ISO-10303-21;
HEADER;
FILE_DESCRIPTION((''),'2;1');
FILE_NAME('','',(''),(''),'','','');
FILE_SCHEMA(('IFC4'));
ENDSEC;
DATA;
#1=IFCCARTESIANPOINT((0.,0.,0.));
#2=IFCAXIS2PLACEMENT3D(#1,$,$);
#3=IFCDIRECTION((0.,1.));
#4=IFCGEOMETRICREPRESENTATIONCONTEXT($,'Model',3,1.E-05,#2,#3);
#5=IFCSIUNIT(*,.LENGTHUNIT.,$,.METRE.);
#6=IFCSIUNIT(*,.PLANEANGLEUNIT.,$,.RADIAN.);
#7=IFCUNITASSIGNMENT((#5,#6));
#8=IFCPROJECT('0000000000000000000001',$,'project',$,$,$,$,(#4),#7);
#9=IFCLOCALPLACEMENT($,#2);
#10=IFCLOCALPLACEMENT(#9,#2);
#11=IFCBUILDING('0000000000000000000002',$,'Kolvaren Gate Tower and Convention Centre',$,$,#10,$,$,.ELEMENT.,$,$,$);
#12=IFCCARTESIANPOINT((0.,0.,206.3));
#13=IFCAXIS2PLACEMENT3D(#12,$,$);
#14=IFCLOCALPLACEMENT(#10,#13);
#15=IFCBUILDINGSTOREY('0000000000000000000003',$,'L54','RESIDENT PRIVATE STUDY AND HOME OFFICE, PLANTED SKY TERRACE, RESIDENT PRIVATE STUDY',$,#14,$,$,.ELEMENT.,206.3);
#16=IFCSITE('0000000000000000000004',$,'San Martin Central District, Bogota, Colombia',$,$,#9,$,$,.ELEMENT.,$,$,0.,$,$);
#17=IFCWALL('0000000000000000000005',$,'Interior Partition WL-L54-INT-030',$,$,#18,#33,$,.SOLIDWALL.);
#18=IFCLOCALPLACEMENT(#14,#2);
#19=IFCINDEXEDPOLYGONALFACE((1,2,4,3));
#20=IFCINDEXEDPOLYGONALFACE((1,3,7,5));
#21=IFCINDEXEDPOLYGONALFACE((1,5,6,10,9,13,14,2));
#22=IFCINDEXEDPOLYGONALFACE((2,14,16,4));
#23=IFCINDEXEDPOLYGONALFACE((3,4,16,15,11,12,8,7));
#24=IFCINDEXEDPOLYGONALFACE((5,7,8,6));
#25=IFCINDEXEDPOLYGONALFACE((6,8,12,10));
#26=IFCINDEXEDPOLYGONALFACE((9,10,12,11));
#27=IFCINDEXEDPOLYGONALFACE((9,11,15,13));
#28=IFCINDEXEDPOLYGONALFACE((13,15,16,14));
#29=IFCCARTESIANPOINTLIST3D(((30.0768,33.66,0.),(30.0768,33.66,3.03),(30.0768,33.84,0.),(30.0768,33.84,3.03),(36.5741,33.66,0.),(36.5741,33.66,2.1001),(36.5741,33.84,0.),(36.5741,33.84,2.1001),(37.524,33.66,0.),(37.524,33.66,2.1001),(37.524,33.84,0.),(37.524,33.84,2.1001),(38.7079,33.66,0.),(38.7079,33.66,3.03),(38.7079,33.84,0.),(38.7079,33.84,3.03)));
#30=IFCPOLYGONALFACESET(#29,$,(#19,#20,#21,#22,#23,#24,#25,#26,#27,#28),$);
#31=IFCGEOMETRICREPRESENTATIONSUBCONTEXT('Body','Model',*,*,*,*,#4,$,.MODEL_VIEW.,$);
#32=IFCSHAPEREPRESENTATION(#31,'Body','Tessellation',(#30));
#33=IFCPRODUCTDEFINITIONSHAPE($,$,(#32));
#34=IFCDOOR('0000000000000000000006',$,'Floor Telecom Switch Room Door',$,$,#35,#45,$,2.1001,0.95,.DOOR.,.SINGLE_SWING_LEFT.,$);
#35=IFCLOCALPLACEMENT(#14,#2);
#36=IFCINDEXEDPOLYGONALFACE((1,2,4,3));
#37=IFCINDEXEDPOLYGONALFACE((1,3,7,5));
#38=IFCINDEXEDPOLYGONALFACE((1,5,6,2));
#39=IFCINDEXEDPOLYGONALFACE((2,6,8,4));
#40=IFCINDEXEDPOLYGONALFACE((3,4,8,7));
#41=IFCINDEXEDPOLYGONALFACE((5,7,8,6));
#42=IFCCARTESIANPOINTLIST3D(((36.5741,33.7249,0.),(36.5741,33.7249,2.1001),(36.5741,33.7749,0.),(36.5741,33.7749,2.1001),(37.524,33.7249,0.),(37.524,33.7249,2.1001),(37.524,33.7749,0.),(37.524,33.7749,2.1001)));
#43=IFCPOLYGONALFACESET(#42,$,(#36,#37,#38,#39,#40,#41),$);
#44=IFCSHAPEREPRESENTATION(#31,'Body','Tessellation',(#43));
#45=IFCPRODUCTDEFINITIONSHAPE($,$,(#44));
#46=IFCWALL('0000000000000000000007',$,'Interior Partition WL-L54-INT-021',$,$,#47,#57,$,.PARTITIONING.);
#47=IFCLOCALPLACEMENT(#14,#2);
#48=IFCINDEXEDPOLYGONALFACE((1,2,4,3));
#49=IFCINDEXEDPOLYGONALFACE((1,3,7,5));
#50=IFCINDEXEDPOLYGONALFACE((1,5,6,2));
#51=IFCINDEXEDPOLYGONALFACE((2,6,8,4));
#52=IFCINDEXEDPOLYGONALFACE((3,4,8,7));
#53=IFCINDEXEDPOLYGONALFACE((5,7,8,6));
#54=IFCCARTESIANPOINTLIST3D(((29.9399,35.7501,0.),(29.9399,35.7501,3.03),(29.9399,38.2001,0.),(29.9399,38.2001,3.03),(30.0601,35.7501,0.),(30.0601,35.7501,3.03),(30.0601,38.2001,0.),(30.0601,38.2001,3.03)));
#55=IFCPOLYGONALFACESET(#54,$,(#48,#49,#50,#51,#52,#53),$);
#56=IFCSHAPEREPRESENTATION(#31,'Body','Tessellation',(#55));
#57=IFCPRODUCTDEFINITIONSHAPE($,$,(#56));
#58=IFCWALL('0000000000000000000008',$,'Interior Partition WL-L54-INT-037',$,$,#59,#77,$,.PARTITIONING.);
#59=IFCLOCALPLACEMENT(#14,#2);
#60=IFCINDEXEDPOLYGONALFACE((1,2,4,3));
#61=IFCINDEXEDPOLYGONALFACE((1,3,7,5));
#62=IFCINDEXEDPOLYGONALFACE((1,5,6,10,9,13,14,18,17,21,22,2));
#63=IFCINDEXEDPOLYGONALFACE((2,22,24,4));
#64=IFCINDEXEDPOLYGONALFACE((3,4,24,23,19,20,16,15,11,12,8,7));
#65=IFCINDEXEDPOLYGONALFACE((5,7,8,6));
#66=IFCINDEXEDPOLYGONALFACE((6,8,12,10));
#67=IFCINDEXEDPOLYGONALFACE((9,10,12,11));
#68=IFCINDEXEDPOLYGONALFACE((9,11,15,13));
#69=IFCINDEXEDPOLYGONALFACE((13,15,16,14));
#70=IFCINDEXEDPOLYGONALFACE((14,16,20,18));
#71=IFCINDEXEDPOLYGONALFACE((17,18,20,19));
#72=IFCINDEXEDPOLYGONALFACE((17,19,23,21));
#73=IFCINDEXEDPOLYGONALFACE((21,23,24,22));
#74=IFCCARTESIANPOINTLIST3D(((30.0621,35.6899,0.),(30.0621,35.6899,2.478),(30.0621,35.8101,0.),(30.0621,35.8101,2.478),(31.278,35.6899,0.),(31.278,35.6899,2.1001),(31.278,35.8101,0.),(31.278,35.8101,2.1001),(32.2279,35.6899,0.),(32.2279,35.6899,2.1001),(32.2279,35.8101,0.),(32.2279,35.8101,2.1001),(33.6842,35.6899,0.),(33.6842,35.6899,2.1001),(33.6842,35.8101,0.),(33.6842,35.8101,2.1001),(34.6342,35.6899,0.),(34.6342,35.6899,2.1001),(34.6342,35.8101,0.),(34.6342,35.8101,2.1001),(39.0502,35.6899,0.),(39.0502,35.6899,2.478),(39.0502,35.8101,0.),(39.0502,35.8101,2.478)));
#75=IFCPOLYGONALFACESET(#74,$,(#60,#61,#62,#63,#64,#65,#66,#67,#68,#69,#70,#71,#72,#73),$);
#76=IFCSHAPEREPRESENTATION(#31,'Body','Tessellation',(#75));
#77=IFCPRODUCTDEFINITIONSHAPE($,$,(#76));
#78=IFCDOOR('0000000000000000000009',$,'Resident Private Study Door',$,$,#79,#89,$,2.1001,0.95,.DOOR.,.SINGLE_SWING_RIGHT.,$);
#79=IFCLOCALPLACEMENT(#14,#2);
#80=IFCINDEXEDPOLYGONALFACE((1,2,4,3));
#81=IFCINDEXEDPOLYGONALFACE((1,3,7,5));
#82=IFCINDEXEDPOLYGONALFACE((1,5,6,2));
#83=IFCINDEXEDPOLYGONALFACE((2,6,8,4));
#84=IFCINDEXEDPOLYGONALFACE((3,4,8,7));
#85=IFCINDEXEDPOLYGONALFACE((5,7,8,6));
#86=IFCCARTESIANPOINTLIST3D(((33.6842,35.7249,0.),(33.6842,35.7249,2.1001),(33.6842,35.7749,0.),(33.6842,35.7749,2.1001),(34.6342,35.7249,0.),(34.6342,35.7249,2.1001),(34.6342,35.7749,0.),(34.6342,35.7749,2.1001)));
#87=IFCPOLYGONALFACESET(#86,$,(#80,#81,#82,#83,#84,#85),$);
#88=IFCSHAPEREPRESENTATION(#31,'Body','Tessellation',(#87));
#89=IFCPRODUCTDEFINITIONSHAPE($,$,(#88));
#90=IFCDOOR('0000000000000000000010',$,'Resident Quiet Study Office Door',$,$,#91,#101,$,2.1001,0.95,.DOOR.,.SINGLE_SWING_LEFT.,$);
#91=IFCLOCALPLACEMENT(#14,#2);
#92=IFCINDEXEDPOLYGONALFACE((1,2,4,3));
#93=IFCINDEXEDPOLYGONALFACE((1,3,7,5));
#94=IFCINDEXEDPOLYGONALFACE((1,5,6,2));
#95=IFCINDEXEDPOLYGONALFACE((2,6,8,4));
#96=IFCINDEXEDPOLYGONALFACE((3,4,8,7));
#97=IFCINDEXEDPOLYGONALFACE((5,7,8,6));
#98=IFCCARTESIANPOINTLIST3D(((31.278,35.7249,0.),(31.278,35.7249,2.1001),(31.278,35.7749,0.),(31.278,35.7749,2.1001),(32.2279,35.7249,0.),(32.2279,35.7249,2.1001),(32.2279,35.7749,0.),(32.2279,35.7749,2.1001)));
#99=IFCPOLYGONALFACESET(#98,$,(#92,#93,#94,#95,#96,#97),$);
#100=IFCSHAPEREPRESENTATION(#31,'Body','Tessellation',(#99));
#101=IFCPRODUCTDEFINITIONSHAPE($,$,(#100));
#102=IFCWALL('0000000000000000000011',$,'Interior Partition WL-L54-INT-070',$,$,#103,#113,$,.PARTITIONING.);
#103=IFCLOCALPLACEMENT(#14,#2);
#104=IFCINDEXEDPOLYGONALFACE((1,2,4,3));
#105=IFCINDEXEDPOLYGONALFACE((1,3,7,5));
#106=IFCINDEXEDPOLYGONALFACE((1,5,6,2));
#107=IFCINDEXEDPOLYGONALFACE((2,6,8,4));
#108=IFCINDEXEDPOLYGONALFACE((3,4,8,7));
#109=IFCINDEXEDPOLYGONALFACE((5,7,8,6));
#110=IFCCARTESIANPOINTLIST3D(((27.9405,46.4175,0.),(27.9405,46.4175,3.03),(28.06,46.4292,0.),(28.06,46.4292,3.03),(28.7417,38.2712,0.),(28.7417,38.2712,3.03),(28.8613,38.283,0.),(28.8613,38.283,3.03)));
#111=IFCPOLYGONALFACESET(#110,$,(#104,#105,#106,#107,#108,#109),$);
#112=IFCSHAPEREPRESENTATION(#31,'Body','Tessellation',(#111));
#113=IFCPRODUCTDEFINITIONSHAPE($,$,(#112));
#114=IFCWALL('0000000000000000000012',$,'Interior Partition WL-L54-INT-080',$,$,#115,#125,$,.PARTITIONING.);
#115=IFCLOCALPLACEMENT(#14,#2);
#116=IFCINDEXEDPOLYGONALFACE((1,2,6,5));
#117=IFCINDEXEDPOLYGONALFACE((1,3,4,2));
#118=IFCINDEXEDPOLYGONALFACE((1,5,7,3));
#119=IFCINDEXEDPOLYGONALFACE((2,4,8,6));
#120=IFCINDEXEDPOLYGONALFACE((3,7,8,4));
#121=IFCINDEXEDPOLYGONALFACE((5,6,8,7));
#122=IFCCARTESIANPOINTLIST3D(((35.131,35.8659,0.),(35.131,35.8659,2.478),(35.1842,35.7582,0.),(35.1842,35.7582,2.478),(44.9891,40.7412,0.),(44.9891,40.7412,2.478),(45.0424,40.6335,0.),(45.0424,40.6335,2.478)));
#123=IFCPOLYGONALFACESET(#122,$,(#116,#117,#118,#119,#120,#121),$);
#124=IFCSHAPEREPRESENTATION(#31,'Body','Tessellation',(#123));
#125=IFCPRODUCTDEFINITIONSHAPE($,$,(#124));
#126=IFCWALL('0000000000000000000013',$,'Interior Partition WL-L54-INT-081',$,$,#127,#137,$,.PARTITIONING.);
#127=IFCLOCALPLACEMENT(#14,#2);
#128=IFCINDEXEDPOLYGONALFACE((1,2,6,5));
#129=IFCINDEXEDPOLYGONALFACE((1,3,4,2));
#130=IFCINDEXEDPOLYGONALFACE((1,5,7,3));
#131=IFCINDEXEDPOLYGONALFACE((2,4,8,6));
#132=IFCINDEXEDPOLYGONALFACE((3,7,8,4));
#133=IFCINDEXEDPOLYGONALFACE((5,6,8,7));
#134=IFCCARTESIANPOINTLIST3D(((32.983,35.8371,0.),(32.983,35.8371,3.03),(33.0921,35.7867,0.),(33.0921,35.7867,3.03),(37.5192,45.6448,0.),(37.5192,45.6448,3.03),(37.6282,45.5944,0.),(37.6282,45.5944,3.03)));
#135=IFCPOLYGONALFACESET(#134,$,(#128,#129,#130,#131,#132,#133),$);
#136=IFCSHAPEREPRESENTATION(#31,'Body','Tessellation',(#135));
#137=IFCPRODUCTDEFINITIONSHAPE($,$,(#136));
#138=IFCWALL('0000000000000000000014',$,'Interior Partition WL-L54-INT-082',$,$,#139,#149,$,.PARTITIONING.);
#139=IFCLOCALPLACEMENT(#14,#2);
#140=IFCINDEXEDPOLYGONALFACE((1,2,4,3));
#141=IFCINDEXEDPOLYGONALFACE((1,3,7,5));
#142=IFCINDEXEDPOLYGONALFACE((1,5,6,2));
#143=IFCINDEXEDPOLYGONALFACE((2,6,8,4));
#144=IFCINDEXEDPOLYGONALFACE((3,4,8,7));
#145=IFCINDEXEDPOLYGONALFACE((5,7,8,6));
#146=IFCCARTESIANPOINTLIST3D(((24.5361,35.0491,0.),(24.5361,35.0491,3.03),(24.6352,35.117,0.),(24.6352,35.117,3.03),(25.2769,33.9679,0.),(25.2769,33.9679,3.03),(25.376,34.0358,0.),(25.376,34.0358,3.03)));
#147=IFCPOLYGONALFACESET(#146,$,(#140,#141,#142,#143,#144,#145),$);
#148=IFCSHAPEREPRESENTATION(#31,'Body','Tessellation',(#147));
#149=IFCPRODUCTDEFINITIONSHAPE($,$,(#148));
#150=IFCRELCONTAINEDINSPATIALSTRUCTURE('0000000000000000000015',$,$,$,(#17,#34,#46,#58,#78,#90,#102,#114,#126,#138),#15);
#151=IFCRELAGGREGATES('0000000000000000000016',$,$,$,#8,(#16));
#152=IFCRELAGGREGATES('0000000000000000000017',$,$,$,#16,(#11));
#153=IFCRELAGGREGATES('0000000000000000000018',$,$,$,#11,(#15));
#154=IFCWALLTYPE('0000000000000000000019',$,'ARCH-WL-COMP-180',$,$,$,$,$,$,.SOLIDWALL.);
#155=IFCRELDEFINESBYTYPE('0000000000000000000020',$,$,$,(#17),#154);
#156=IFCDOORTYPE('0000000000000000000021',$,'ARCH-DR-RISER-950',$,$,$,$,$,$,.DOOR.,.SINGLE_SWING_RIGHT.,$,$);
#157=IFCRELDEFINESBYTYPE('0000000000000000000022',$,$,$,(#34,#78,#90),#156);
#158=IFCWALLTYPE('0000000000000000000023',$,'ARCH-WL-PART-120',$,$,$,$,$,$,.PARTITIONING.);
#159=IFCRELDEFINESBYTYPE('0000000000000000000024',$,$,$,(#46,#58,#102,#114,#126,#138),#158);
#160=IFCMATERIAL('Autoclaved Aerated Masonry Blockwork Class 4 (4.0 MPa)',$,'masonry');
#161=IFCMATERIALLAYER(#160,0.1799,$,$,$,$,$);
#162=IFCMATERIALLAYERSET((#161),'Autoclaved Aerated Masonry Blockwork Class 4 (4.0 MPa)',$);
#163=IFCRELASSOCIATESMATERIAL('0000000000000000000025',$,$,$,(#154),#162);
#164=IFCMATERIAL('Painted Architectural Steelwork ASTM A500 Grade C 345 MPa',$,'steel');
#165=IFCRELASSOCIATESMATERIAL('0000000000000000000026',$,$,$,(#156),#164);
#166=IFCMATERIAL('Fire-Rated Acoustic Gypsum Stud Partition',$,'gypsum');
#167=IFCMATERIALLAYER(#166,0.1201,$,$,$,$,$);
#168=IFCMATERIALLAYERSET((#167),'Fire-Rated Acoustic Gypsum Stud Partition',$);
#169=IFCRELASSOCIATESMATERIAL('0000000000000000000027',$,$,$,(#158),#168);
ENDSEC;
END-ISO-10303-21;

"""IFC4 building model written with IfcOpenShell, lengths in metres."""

from ifc_helpers import new_model, si_unit, direction, frame, frame_2d, origin, place, context, subcontext, project, spatial, rectangle, extrude, material, layer, layer_set, type_object, element, fill, save


model = new_model("IFC4")

# Units and contexts
model_context = context("Model", 3, precision=1e-05, world=origin(), true_north=direction((0.0, 1.0)))
body_context = subcontext(model_context, "Body", "Model", "MODEL_VIEW")
ifc_project = project(units=[si_unit("LENGTHUNIT", "METRE"), si_unit("PLANEANGLEUNIT", "RADIAN")], contexts=[model_context])

# Site, building, storey
site_placement = place(None, origin())
site = spatial("IfcSite", under=ifc_project, at=site_placement, Name="San Martin Central District, Bogota, Colombia", CompositionType="ELEMENT", RefElevation=0.0)
building_placement = place(site_placement, origin())
building = spatial("IfcBuilding", under=site, at=building_placement, Name="Kolvaren Gate Tower and Convention Centre", CompositionType="ELEMENT")
storey_placement = place(building_placement, frame((0.0, 0.0, 206.3)))
storey = spatial("IfcBuildingStorey", under=building, at=storey_placement, Name="L54", Description="RESIDENT PRIVATE STUDY AND HOME OFFICE, PLANTED SKY TERRACE, RESIDENT PRIVATE STUDY", CompositionType="ELEMENT", Elevation=206.3)

# Wall, opening, door
ifc_material_1 = material(Name="Autoclaved Aerated Masonry Blockwork Class 4 (4.0 MPa)", Category="masonry")
ifc_layer_1 = layer(ifc_material_1, 0.1799)
ifc_layer_set_1 = layer_set([ifc_layer_1], Name="Autoclaved Aerated Masonry Blockwork Class 4 (4.0 MPa)")
wall_type_1 = type_object("IfcWallType", Name="ARCH-WL-COMP-180", PredefinedType="SOLIDWALL", material=ifc_layer_set_1)
wall_1_placement = place(storey_placement, frame((30.0769, 33.75, 0.0), z_axis=(0.0, 0.0, 1.0), x_axis=(1.0, 0.0, 0.0)))
wall_1 = element("IfcWall", 1, at=wall_1_placement, inside=storey, type_object=wall_type_1, Name="Interior Partition WL-L54-INT-030", PredefinedType="SOLIDWALL", context=body_context, shape_type="SweptSolid", body=[
    extrude(rectangle(XDim=8.6311, YDim=0.1799, at=frame_2d((4.3154, 0.0))), origin(), (0.0, 0.0, 1.0), 3.03),
])
opening_1_placement = place(wall_1_placement, frame((6.4971, 0.0, 0.0)))
opening_1 = element("IfcOpeningElement", 2, at=opening_1_placement, cuts=wall_1, PredefinedType="OPENING", context=body_context, shape_type="SweptSolid", body=[
    extrude(rectangle(XDim=0.95, YDim=2.1001, at=frame_2d((0.4751, 1.05))), frame((0.0, 0.0999, 0.0), z_axis=(0.0, -1.0, 0.0), x_axis=(1.0, 0.0, 0.0)), (0.0, 0.0, 1.0), 0.2),
])
ifc_material_2 = material(Name="Painted Architectural Steelwork ASTM A500 Grade C 345 MPa", Category="steel")
door_type = type_object("IfcDoorType", Name="ARCH-DR-RISER-950", OperationType="SINGLE_SWING_RIGHT", PredefinedType="DOOR", material=ifc_material_2)
door_1_placement = place(opening_1_placement, origin())
door_1 = element("IfcDoor", 3, at=door_1_placement, inside=storey, type_object=door_type, Name="Floor Telecom Switch Room Door", OperationType="SINGLE_SWING_LEFT", OverallHeight=2.1001, OverallWidth=0.95, PredefinedType="DOOR", context=body_context, shape_type="SweptSolid", body=[
    extrude(rectangle(XDim=0.95, YDim=2.1001, at=frame_2d((0.4751, 1.05))), frame((0.0, 0.0249, 0.0), z_axis=(0.0, -1.0, 0.0), x_axis=(1.0, 0.0, 0.0)), (0.0, 0.0, 1.0), 0.05),
])
fill(opening_1, door_1)

# Wall
ifc_material_3 = material(Name="Fire-Rated Acoustic Gypsum Stud Partition", Category="gypsum")
ifc_layer_2 = layer(ifc_material_3, 0.1201)
ifc_layer_set_2 = layer_set([ifc_layer_2], Name="Fire-Rated Acoustic Gypsum Stud Partition")
wall_type_2 = type_object("IfcWallType", Name="ARCH-WL-PART-120", PredefinedType="PARTITIONING", material=ifc_layer_set_2)
wall_2_placement = place(storey_placement, frame((30.0, 35.75, 0.0), z_axis=(0.0, 0.0, 1.0), x_axis=(0.0, 1.0, 0.0)))
element("IfcWall", 4, at=wall_2_placement, inside=storey, type_object=wall_type_2, Name="Interior Partition WL-L54-INT-021", PredefinedType="PARTITIONING", context=body_context, shape_type="SweptSolid", body=[
    extrude(rectangle(XDim=2.45, YDim=0.1201, at=frame_2d((1.2251, 0.0))), origin(), (0.0, 0.0, 1.0), 3.03),
])

# Wall, openings, doors
wall_3_placement = place(storey_placement, frame((30.062, 35.75, 0.0), z_axis=(0.0, 0.0, 1.0), x_axis=(1.0, 0.0, 0.0)))
wall_3 = element("IfcWall", 5, at=wall_3_placement, inside=storey, type_object=wall_type_2, Name="Interior Partition WL-L54-INT-037", PredefinedType="PARTITIONING", context=body_context, shape_type="SweptSolid", body=[
    extrude(rectangle(XDim=8.988, YDim=0.1201, at=frame_2d((4.4941, 0.0))), origin(), (0.0, 0.0, 1.0), 2.478),
])
opening_2_placement = place(wall_3_placement, frame((3.6221, 0.0, 0.0)))
opening_2 = element("IfcOpeningElement", 6, at=opening_2_placement, cuts=wall_3, PredefinedType="OPENING", context=body_context, shape_type="SweptSolid", body=[
    extrude(rectangle(XDim=0.95, YDim=2.1001, at=frame_2d((0.4751, 1.05))), frame((0.0, 0.0701, 0.0), z_axis=(0.0, -1.0, 0.0), x_axis=(1.0, 0.0, 0.0)), (0.0, 0.0, 1.0), 0.1401),
])
opening_3_placement = place(wall_3_placement, frame((1.2158, 0.0, 0.0)))
opening_3 = element("IfcOpeningElement", 7, at=opening_3_placement, cuts=wall_3, PredefinedType="OPENING", context=body_context, shape_type="SweptSolid", body=[
    extrude(rectangle(XDim=0.95, YDim=2.1001, at=frame_2d((0.4751, 1.05))), frame((0.0, 0.0701, 0.0), z_axis=(0.0, -1.0, 0.0), x_axis=(1.0, 0.0, 0.0)), (0.0, 0.0, 1.0), 0.1401),
])
door_2_placement = place(opening_2_placement, origin())
door_2 = element("IfcDoor", 8, at=door_2_placement, inside=storey, type_object=door_type, Name="Resident Private Study Door", OperationType="SINGLE_SWING_RIGHT", OverallHeight=2.1001, OverallWidth=0.95, PredefinedType="DOOR", context=body_context, shape_type="SweptSolid", body=[
    extrude(rectangle(XDim=0.95, YDim=2.1001, at=frame_2d((0.4751, 1.05))), frame((0.0, 0.0249, 0.0), z_axis=(0.0, -1.0, 0.0), x_axis=(1.0, 0.0, 0.0)), (0.0, 0.0, 1.0), 0.05),
])
fill(opening_2, door_2)
door_3_placement = place(opening_3_placement, origin())
door_3 = element("IfcDoor", 9, at=door_3_placement, inside=storey, type_object=door_type, Name="Resident Quiet Study Office Door", OperationType="SINGLE_SWING_LEFT", OverallHeight=2.1001, OverallWidth=0.95, PredefinedType="DOOR", context=body_context, shape_type="SweptSolid", body=[
    extrude(rectangle(XDim=0.95, YDim=2.1001, at=frame_2d((0.4751, 1.05))), frame((0.0, 0.0249, 0.0), z_axis=(0.0, -1.0, 0.0), x_axis=(1.0, 0.0, 0.0)), (0.0, 0.0, 1.0), 0.05),
])
fill(opening_3, door_3)

# Walls
wall_4_placement = place(storey_placement, frame((28.0002, 46.4233, 0.0), z_axis=(0.0, 0.0, 1.0), x_axis=(0.097888, -0.995197, 0.0)))
element("IfcWall", 10, at=wall_4_placement, inside=storey, type_object=wall_type_2, Name="Interior Partition WL-L54-INT-070", PredefinedType="PARTITIONING", context=body_context, shape_type="SweptSolid", body=[
    extrude(rectangle(XDim=8.1855, YDim=0.1201, at=frame_2d((4.0928, 0.0))), origin(), (0.0, 0.0, 1.0), 3.03),
])
wall_5_placement = place(storey_placement, frame((35.1575, 35.812, 0.0), z_axis=(0.0, 0.0, 1.0), x_axis=(0.896377, 0.443293, 0.0)))
element("IfcWall", 11, at=wall_5_placement, inside=storey, type_object=wall_type_2, Name="Interior Partition WL-L54-INT-080", PredefinedType="PARTITIONING", context=body_context, shape_type="SweptSolid", body=[
    extrude(rectangle(XDim=10.9978, YDim=0.1201, at=frame_2d((5.499, 0.0))), origin(), (0.0, 0.0, 1.0), 2.478),
])
wall_6_placement = place(storey_placement, frame((33.0376, 35.812, 0.0), z_axis=(0.0, 0.0, 1.0), x_axis=(0.419786, 0.907623, 0.0)))
element("IfcWall", 12, at=wall_6_placement, inside=storey, type_object=wall_type_2, Name="Interior Partition WL-L54-INT-081", PredefinedType="PARTITIONING", context=body_context, shape_type="SweptSolid", body=[
    extrude(rectangle(XDim=10.8059, YDim=0.1201, at=frame_2d((5.4028, 0.0))), origin(), (0.0, 0.0, 1.0), 3.03),
])
wall_7_placement = place(storey_placement, frame((24.5857, 35.083, 0.0), z_axis=(0.0, 0.0, 1.0), x_axis=(0.565231, -0.824932, 0.0)))
element("IfcWall", 13, at=wall_7_placement, inside=storey, type_object=wall_type_2, Name="Interior Partition WL-L54-INT-082", PredefinedType="PARTITIONING", context=body_context, shape_type="SweptSolid", body=[
    extrude(rectangle(XDim=1.3105, YDim=0.1201, at=frame_2d((0.6553, 0.0))), origin(), (0.0, 0.0, 1.0), 3.03),
])

save(model, "model.ifc")
